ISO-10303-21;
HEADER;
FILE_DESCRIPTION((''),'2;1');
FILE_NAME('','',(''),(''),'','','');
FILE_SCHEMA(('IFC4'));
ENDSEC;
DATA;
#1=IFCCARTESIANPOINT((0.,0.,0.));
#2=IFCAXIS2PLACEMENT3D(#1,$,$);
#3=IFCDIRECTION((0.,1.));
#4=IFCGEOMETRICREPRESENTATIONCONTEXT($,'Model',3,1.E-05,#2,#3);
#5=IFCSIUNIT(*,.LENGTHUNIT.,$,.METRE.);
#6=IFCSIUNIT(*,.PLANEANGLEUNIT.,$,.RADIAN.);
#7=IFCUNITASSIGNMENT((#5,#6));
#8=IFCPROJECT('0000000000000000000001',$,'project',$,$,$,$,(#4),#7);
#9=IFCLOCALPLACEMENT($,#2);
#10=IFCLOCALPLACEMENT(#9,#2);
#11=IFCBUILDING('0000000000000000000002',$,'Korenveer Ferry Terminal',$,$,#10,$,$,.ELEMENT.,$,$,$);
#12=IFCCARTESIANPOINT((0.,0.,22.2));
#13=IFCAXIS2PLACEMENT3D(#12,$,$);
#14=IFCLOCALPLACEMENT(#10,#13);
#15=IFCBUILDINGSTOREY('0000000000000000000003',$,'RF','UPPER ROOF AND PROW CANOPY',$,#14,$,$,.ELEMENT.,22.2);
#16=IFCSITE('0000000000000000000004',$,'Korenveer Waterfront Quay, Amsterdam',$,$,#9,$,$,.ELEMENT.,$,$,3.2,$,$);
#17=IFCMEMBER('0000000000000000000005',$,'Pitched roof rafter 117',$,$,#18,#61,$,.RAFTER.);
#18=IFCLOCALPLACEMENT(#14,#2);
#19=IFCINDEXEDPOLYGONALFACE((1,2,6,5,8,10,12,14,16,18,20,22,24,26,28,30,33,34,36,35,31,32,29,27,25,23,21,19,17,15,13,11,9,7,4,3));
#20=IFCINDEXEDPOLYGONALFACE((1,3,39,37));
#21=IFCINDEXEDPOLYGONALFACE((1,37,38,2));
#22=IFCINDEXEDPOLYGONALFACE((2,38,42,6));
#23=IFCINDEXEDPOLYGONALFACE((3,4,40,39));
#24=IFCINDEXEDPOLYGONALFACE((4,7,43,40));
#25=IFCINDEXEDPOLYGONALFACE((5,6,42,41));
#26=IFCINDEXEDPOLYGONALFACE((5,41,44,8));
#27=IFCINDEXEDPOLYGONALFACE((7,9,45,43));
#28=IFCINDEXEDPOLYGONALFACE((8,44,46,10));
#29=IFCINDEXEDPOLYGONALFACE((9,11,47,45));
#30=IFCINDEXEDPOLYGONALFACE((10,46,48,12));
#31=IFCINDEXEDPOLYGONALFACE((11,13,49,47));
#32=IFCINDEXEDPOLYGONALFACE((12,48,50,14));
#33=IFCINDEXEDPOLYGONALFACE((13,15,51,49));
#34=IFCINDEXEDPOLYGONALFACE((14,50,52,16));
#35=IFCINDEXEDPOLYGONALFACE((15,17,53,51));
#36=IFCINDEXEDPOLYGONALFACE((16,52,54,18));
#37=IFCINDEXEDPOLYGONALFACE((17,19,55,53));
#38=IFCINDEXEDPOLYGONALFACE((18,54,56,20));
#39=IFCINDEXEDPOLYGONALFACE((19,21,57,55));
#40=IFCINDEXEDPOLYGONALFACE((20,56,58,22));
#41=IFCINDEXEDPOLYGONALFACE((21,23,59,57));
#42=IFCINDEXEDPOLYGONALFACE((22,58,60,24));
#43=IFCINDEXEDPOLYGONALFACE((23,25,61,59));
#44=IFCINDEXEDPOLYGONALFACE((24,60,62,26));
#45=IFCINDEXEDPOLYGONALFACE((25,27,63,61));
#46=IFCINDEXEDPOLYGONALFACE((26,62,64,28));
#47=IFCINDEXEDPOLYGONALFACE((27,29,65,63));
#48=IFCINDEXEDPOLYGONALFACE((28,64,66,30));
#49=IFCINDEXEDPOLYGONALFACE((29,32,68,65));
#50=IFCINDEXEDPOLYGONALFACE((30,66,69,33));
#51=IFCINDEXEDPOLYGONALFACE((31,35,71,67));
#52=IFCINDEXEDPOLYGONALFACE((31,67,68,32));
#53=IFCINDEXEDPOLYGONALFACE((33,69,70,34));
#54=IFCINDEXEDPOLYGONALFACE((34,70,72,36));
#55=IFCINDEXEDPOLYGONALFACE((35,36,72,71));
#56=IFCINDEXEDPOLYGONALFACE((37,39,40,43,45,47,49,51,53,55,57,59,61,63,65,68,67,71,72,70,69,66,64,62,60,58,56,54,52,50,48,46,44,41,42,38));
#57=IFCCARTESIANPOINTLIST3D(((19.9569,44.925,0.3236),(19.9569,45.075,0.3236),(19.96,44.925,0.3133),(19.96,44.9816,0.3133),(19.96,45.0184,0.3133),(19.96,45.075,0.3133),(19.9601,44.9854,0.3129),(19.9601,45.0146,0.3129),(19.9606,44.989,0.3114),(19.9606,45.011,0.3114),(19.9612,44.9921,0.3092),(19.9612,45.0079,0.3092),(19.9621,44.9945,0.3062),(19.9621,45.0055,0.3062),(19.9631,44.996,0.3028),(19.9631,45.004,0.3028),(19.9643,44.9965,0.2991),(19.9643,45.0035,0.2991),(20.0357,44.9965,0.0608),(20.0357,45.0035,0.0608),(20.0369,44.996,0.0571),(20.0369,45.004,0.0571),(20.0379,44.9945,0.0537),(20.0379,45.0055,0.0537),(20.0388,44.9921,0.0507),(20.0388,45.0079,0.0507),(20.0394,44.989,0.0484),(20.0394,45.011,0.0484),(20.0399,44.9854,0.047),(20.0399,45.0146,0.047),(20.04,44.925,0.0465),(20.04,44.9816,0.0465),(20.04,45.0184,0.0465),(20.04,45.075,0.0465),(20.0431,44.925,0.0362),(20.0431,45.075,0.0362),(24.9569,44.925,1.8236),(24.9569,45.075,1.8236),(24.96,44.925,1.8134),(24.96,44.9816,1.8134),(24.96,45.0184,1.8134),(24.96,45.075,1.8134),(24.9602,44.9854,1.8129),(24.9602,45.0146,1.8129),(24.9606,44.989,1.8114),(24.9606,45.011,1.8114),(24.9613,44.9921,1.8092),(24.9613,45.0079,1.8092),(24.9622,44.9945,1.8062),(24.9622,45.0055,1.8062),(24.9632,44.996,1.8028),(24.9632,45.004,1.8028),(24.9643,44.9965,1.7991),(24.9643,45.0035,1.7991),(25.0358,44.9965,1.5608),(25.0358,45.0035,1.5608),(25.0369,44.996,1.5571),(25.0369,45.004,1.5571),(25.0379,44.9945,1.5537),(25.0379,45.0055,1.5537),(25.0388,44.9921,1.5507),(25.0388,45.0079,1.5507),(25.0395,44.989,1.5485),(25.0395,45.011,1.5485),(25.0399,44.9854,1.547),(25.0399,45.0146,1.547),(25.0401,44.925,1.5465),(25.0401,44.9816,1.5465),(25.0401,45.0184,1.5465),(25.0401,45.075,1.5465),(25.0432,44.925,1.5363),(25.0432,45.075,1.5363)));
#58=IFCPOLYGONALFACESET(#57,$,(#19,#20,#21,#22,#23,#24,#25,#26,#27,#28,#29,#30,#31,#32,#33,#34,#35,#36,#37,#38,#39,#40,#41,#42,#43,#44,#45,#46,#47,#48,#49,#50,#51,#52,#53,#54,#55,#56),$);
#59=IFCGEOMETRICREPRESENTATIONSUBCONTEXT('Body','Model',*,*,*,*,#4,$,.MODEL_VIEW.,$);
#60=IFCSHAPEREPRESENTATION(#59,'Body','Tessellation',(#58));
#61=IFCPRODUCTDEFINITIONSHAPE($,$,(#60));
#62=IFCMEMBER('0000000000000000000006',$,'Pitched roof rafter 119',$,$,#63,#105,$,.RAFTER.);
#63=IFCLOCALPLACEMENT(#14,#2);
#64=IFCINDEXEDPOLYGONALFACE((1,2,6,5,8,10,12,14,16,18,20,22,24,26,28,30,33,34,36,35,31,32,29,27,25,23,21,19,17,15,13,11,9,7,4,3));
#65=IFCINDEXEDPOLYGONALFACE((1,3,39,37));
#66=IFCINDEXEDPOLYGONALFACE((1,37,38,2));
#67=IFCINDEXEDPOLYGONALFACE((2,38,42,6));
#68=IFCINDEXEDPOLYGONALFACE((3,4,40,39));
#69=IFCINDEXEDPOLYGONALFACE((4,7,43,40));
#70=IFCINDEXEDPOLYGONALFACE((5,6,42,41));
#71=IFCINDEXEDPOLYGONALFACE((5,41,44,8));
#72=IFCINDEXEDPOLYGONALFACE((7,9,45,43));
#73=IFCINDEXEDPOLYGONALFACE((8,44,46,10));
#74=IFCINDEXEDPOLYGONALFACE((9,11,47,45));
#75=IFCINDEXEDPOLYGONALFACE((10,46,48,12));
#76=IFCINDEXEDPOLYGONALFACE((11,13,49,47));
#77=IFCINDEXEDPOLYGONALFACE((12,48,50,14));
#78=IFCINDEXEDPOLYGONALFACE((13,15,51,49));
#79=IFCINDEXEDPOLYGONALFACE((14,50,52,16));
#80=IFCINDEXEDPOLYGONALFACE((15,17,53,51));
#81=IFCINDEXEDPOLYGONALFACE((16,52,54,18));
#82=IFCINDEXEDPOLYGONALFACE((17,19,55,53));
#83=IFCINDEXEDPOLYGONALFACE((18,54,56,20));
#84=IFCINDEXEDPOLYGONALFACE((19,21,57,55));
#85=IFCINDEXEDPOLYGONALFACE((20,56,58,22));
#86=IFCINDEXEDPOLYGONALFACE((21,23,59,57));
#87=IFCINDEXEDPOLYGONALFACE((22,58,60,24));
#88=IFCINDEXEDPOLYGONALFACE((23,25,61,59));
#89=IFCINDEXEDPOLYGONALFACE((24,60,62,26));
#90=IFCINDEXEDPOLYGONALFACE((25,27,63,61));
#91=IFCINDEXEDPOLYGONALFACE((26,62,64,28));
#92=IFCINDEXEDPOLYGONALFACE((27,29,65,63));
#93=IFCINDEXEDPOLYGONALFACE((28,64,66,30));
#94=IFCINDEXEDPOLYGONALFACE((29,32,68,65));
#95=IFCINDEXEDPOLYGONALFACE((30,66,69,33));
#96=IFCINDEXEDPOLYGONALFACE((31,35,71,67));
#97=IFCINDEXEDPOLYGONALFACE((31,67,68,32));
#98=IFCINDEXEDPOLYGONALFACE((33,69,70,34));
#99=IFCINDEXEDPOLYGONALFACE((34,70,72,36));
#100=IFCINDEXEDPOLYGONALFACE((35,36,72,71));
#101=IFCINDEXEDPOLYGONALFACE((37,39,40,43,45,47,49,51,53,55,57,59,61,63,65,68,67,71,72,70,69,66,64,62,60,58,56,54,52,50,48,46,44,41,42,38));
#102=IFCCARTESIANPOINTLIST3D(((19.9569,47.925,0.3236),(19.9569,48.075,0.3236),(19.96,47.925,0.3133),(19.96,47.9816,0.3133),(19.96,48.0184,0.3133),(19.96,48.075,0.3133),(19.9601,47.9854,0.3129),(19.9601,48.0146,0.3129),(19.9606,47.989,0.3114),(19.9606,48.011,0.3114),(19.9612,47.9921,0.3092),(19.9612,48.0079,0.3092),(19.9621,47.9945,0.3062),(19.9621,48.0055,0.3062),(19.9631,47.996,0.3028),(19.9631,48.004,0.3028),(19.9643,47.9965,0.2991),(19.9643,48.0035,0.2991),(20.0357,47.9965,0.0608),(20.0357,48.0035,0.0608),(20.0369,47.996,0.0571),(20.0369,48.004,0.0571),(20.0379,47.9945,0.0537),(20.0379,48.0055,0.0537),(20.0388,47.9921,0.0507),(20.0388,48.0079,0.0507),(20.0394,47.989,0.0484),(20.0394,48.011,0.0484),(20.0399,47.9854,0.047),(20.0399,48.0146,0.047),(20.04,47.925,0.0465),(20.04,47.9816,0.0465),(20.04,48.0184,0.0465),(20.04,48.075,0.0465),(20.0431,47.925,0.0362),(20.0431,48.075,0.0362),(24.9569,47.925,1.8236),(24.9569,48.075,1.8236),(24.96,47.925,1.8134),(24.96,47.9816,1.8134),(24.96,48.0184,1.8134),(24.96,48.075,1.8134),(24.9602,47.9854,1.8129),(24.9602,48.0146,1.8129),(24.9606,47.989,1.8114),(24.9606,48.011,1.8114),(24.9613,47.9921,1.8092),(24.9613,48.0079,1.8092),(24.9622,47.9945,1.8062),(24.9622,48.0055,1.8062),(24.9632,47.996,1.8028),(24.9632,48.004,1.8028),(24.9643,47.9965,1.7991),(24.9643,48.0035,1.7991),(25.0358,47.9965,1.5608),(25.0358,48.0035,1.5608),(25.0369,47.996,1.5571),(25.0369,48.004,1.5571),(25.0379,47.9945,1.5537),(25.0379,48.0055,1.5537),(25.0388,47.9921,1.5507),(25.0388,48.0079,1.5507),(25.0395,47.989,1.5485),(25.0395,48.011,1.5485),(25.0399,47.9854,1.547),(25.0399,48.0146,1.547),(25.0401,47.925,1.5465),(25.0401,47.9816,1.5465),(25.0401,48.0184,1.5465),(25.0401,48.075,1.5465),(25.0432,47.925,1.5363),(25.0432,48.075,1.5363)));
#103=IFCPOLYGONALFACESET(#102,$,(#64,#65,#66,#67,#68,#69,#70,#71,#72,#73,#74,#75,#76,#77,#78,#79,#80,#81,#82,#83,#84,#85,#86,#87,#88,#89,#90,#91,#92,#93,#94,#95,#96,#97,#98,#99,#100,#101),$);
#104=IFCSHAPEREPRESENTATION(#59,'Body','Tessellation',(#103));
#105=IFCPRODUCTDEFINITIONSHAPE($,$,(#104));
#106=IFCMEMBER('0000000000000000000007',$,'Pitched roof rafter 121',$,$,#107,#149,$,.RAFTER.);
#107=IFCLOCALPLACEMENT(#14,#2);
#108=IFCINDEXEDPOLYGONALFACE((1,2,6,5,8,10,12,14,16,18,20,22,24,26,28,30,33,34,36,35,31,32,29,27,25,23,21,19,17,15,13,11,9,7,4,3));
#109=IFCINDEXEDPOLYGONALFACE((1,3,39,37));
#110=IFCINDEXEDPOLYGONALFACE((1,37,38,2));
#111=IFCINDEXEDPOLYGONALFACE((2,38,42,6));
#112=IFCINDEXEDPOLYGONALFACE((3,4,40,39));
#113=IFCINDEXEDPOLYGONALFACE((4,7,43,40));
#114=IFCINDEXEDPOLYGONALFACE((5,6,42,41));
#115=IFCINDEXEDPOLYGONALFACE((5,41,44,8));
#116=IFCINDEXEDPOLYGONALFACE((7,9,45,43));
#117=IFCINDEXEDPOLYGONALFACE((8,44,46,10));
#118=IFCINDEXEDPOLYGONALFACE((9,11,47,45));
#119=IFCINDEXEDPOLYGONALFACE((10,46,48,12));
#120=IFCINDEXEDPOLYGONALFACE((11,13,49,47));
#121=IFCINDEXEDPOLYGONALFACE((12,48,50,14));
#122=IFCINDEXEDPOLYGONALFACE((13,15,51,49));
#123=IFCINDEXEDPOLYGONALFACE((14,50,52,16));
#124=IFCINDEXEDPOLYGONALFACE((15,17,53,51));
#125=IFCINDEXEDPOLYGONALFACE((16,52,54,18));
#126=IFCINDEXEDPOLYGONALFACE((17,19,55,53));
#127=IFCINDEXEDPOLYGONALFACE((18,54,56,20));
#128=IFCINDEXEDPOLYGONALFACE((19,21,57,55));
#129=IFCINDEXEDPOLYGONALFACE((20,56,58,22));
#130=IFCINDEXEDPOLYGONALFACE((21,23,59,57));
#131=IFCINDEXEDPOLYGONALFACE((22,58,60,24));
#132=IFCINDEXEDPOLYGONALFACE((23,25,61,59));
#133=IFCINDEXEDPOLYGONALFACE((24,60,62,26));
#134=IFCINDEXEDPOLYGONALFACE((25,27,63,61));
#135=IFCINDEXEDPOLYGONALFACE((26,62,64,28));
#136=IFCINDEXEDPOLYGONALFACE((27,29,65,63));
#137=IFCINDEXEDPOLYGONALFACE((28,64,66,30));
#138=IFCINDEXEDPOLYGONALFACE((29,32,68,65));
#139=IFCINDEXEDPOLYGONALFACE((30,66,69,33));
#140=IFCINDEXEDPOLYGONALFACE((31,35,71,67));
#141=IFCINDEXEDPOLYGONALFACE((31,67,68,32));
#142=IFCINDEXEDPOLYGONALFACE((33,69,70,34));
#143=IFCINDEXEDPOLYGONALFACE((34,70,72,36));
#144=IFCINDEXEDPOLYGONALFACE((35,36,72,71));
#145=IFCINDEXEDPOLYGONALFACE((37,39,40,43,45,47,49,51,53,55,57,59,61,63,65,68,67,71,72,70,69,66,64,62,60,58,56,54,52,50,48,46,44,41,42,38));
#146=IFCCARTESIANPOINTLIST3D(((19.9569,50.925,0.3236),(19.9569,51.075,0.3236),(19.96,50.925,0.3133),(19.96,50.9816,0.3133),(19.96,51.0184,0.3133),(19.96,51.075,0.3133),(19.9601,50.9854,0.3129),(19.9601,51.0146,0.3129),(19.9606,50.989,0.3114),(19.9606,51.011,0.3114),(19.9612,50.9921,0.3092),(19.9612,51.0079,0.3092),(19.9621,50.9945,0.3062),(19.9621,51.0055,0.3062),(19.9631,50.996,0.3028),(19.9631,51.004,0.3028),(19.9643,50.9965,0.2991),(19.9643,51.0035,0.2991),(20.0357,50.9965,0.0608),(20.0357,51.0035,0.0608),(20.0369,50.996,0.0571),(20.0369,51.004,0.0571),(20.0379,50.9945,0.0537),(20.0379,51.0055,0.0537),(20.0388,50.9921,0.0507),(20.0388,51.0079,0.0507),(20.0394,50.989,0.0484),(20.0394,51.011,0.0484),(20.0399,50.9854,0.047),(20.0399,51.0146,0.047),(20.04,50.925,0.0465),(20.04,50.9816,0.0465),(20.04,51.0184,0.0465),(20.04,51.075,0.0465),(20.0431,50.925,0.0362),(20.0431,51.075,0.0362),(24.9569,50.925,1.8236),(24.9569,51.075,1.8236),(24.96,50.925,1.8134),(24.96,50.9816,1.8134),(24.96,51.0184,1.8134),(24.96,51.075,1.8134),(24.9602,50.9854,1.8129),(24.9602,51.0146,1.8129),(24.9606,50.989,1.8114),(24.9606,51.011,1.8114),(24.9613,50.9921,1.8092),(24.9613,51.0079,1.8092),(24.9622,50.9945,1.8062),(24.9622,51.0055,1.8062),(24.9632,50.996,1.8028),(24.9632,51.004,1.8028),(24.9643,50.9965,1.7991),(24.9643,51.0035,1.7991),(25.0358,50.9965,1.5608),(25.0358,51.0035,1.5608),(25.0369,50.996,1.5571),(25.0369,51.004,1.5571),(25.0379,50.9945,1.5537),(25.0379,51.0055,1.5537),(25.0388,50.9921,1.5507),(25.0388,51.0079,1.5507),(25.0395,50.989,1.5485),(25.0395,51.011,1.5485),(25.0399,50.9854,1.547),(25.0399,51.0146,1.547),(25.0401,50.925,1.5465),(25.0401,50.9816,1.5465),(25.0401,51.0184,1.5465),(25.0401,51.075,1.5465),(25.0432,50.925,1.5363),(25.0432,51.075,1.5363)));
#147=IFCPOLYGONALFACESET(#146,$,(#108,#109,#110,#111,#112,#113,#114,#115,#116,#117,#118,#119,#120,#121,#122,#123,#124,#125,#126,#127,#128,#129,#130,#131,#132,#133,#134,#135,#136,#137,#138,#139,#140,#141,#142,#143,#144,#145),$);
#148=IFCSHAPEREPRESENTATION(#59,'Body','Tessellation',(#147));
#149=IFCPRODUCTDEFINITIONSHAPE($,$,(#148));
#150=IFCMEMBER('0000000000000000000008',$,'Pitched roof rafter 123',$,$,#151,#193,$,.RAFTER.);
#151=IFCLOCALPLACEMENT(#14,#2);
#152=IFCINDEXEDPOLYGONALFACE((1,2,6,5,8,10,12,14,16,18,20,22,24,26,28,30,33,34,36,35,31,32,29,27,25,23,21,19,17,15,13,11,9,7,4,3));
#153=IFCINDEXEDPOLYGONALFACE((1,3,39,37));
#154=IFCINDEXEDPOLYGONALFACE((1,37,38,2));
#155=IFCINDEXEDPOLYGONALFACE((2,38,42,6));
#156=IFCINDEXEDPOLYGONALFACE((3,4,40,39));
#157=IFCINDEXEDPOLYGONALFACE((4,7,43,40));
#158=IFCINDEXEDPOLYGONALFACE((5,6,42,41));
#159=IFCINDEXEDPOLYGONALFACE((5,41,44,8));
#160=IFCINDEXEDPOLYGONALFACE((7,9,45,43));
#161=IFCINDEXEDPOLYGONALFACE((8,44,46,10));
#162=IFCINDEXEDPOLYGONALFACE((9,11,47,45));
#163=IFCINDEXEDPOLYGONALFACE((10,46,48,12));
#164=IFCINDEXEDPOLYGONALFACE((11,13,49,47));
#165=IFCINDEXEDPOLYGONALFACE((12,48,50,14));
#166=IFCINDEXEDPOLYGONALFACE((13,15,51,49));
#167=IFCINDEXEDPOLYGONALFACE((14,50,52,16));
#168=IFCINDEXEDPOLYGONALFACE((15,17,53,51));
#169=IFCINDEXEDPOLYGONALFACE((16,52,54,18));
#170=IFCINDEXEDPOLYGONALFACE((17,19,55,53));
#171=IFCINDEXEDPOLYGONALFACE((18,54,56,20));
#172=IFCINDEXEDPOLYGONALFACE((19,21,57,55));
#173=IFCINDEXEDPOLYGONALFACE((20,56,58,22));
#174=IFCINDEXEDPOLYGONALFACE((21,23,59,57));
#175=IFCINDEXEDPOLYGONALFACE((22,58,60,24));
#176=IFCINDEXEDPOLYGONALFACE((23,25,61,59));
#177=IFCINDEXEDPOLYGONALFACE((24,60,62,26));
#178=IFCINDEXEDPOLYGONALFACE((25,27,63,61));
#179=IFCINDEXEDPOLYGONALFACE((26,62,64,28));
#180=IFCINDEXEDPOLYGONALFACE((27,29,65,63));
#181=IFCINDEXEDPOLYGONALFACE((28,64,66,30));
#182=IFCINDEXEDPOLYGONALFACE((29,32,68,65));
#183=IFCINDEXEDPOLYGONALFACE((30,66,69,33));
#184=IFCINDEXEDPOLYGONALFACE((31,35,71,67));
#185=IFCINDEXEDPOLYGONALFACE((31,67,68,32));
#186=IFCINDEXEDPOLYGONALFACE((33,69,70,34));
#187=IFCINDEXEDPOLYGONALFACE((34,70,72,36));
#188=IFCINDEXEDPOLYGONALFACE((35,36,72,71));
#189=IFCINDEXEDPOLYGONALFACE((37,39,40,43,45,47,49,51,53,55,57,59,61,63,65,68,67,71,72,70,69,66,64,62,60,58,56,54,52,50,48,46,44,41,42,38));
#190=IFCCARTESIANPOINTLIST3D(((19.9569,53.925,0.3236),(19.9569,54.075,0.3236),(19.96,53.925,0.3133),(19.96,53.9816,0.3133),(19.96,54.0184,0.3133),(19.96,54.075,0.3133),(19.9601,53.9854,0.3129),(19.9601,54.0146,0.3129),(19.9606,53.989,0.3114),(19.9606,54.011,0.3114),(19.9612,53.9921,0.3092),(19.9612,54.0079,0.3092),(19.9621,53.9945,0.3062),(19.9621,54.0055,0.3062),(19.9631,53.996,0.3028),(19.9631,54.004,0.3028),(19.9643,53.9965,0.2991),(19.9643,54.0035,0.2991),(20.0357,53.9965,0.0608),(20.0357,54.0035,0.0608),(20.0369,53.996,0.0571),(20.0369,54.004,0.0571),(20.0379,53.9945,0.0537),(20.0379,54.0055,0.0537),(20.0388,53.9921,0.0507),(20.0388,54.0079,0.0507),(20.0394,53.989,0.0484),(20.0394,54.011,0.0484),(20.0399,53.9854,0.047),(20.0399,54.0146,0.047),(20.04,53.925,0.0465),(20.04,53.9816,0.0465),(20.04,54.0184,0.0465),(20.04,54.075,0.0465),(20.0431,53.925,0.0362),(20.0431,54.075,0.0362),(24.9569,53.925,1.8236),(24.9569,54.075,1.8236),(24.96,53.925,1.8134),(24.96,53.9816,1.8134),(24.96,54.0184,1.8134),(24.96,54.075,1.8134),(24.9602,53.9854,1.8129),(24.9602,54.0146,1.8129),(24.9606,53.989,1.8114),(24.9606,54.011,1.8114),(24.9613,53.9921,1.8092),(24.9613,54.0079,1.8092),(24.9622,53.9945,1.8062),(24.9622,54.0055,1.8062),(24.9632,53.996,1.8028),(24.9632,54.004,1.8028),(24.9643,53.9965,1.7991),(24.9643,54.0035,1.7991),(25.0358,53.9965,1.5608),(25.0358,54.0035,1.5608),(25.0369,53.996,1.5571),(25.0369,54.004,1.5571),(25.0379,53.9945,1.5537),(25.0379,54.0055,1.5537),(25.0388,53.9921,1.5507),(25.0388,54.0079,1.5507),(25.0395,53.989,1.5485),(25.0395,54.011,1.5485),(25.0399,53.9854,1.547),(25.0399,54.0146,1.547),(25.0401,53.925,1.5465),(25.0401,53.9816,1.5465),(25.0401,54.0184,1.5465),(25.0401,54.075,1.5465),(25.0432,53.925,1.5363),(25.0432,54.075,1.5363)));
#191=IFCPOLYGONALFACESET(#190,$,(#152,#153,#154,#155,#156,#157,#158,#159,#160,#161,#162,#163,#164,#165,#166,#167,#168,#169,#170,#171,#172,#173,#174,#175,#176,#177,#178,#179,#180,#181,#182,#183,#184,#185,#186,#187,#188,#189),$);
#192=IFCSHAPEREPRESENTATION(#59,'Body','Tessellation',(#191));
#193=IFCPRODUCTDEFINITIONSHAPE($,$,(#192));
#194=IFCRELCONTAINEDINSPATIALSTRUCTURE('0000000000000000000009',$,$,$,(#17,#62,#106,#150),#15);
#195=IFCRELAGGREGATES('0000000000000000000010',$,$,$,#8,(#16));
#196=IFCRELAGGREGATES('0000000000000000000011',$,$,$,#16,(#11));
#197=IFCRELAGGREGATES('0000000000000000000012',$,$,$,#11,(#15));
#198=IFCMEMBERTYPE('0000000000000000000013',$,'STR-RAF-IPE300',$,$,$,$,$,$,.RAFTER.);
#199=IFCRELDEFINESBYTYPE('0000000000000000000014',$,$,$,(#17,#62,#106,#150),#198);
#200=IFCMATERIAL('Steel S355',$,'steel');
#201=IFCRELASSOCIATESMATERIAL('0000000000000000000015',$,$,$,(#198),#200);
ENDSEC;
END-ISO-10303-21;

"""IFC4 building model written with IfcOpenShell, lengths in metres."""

from ifc_helpers import new_model, si_unit, direction, frame, origin, origin_2d, place, context, subcontext, project, spatial, i_section, extrude, material, material_profile, profile_set, type_object, element, save


model = new_model("IFC4")

# Units and contexts
model_context = context("Model", 3, precision=1e-05, world=origin(), true_north=direction((0.0, 1.0)))
body_context = subcontext(model_context, "Body", "Model", "MODEL_VIEW")
ifc_project = project(units=[si_unit("LENGTHUNIT", "METRE"), si_unit("PLANEANGLEUNIT", "RADIAN")], contexts=[model_context])

# Site, building, storey
site_placement = place(None, origin())
site = spatial("IfcSite", under=ifc_project, at=site_placement, Name="Korenveer Waterfront Quay, Amsterdam", CompositionType="ELEMENT", RefElevation=3.2)
building_placement = place(site_placement, origin())
building = spatial("IfcBuilding", under=site, at=building_placement, Name="Korenveer Ferry Terminal", CompositionType="ELEMENT")
storey_placement = place(building_placement, frame((0.0, 0.0, 22.2)))
storey = spatial("IfcBuildingStorey", under=building, at=storey_placement, Name="RF", Description="UPPER ROOF AND PROW CANOPY", CompositionType="ELEMENT", Elevation=22.2)

# Shared definitions
ifc_material_1 = material(Name="Steel S355", Category="steel")

# Members
ifc_material_profile_1 = material_profile(ifc_material_1, i_section(OverallWidth=0.1499, OverallDepth=0.3, WebThickness=0.0071, FlangeThickness=0.0107, FilletRadius=0.0149, at=origin_2d()), Name="IPE 300")
ifc_profile_set_1 = profile_set([ifc_material_profile_1], Name="Steel S355")
member_type_1 = type_object("IfcMemberType", Name="STR-RAF-IPE300", PredefinedType="RAFTER", material=ifc_profile_set_1)
for number, where, z_axis, x_axis, name in (
    (1, (20.0, 45.0, 0.1799), (0.957826, 0.0, 0.287348), (0.0, 1.0, 0.0), "Pitched roof rafter 117"),
    (2, (20.0, 48.0, 0.1799), (0.957826, 0.0, 0.287348), (0.0, 1.0, 0.0), "Pitched roof rafter 119"),
    (3, (20.0, 51.0, 0.1799), (0.957826, 0.0, 0.287348), (0.0, 1.0, 0.0), "Pitched roof rafter 121"),
    (4, (20.0, 54.0, 0.1799), (0.957826, 0.0, 0.287348), (0.0, 1.0, 0.0), "Pitched roof rafter 123"),
):
    element("IfcMember", number, at=place(storey_placement, frame(where, z_axis=z_axis, x_axis=x_axis)), inside=storey, type_object=member_type_1, Name=name, PredefinedType="RAFTER", context=body_context, shape_type="SweptSolid", body=[
        extrude(i_section(OverallWidth=0.1499, OverallDepth=0.3, WebThickness=0.0071, FlangeThickness=0.0107, FilletRadius=0.0149, at=origin_2d()), origin(), (0.0, 0.0, 1.0), 5.2202),
    ])

save(model, "model.ifc")
